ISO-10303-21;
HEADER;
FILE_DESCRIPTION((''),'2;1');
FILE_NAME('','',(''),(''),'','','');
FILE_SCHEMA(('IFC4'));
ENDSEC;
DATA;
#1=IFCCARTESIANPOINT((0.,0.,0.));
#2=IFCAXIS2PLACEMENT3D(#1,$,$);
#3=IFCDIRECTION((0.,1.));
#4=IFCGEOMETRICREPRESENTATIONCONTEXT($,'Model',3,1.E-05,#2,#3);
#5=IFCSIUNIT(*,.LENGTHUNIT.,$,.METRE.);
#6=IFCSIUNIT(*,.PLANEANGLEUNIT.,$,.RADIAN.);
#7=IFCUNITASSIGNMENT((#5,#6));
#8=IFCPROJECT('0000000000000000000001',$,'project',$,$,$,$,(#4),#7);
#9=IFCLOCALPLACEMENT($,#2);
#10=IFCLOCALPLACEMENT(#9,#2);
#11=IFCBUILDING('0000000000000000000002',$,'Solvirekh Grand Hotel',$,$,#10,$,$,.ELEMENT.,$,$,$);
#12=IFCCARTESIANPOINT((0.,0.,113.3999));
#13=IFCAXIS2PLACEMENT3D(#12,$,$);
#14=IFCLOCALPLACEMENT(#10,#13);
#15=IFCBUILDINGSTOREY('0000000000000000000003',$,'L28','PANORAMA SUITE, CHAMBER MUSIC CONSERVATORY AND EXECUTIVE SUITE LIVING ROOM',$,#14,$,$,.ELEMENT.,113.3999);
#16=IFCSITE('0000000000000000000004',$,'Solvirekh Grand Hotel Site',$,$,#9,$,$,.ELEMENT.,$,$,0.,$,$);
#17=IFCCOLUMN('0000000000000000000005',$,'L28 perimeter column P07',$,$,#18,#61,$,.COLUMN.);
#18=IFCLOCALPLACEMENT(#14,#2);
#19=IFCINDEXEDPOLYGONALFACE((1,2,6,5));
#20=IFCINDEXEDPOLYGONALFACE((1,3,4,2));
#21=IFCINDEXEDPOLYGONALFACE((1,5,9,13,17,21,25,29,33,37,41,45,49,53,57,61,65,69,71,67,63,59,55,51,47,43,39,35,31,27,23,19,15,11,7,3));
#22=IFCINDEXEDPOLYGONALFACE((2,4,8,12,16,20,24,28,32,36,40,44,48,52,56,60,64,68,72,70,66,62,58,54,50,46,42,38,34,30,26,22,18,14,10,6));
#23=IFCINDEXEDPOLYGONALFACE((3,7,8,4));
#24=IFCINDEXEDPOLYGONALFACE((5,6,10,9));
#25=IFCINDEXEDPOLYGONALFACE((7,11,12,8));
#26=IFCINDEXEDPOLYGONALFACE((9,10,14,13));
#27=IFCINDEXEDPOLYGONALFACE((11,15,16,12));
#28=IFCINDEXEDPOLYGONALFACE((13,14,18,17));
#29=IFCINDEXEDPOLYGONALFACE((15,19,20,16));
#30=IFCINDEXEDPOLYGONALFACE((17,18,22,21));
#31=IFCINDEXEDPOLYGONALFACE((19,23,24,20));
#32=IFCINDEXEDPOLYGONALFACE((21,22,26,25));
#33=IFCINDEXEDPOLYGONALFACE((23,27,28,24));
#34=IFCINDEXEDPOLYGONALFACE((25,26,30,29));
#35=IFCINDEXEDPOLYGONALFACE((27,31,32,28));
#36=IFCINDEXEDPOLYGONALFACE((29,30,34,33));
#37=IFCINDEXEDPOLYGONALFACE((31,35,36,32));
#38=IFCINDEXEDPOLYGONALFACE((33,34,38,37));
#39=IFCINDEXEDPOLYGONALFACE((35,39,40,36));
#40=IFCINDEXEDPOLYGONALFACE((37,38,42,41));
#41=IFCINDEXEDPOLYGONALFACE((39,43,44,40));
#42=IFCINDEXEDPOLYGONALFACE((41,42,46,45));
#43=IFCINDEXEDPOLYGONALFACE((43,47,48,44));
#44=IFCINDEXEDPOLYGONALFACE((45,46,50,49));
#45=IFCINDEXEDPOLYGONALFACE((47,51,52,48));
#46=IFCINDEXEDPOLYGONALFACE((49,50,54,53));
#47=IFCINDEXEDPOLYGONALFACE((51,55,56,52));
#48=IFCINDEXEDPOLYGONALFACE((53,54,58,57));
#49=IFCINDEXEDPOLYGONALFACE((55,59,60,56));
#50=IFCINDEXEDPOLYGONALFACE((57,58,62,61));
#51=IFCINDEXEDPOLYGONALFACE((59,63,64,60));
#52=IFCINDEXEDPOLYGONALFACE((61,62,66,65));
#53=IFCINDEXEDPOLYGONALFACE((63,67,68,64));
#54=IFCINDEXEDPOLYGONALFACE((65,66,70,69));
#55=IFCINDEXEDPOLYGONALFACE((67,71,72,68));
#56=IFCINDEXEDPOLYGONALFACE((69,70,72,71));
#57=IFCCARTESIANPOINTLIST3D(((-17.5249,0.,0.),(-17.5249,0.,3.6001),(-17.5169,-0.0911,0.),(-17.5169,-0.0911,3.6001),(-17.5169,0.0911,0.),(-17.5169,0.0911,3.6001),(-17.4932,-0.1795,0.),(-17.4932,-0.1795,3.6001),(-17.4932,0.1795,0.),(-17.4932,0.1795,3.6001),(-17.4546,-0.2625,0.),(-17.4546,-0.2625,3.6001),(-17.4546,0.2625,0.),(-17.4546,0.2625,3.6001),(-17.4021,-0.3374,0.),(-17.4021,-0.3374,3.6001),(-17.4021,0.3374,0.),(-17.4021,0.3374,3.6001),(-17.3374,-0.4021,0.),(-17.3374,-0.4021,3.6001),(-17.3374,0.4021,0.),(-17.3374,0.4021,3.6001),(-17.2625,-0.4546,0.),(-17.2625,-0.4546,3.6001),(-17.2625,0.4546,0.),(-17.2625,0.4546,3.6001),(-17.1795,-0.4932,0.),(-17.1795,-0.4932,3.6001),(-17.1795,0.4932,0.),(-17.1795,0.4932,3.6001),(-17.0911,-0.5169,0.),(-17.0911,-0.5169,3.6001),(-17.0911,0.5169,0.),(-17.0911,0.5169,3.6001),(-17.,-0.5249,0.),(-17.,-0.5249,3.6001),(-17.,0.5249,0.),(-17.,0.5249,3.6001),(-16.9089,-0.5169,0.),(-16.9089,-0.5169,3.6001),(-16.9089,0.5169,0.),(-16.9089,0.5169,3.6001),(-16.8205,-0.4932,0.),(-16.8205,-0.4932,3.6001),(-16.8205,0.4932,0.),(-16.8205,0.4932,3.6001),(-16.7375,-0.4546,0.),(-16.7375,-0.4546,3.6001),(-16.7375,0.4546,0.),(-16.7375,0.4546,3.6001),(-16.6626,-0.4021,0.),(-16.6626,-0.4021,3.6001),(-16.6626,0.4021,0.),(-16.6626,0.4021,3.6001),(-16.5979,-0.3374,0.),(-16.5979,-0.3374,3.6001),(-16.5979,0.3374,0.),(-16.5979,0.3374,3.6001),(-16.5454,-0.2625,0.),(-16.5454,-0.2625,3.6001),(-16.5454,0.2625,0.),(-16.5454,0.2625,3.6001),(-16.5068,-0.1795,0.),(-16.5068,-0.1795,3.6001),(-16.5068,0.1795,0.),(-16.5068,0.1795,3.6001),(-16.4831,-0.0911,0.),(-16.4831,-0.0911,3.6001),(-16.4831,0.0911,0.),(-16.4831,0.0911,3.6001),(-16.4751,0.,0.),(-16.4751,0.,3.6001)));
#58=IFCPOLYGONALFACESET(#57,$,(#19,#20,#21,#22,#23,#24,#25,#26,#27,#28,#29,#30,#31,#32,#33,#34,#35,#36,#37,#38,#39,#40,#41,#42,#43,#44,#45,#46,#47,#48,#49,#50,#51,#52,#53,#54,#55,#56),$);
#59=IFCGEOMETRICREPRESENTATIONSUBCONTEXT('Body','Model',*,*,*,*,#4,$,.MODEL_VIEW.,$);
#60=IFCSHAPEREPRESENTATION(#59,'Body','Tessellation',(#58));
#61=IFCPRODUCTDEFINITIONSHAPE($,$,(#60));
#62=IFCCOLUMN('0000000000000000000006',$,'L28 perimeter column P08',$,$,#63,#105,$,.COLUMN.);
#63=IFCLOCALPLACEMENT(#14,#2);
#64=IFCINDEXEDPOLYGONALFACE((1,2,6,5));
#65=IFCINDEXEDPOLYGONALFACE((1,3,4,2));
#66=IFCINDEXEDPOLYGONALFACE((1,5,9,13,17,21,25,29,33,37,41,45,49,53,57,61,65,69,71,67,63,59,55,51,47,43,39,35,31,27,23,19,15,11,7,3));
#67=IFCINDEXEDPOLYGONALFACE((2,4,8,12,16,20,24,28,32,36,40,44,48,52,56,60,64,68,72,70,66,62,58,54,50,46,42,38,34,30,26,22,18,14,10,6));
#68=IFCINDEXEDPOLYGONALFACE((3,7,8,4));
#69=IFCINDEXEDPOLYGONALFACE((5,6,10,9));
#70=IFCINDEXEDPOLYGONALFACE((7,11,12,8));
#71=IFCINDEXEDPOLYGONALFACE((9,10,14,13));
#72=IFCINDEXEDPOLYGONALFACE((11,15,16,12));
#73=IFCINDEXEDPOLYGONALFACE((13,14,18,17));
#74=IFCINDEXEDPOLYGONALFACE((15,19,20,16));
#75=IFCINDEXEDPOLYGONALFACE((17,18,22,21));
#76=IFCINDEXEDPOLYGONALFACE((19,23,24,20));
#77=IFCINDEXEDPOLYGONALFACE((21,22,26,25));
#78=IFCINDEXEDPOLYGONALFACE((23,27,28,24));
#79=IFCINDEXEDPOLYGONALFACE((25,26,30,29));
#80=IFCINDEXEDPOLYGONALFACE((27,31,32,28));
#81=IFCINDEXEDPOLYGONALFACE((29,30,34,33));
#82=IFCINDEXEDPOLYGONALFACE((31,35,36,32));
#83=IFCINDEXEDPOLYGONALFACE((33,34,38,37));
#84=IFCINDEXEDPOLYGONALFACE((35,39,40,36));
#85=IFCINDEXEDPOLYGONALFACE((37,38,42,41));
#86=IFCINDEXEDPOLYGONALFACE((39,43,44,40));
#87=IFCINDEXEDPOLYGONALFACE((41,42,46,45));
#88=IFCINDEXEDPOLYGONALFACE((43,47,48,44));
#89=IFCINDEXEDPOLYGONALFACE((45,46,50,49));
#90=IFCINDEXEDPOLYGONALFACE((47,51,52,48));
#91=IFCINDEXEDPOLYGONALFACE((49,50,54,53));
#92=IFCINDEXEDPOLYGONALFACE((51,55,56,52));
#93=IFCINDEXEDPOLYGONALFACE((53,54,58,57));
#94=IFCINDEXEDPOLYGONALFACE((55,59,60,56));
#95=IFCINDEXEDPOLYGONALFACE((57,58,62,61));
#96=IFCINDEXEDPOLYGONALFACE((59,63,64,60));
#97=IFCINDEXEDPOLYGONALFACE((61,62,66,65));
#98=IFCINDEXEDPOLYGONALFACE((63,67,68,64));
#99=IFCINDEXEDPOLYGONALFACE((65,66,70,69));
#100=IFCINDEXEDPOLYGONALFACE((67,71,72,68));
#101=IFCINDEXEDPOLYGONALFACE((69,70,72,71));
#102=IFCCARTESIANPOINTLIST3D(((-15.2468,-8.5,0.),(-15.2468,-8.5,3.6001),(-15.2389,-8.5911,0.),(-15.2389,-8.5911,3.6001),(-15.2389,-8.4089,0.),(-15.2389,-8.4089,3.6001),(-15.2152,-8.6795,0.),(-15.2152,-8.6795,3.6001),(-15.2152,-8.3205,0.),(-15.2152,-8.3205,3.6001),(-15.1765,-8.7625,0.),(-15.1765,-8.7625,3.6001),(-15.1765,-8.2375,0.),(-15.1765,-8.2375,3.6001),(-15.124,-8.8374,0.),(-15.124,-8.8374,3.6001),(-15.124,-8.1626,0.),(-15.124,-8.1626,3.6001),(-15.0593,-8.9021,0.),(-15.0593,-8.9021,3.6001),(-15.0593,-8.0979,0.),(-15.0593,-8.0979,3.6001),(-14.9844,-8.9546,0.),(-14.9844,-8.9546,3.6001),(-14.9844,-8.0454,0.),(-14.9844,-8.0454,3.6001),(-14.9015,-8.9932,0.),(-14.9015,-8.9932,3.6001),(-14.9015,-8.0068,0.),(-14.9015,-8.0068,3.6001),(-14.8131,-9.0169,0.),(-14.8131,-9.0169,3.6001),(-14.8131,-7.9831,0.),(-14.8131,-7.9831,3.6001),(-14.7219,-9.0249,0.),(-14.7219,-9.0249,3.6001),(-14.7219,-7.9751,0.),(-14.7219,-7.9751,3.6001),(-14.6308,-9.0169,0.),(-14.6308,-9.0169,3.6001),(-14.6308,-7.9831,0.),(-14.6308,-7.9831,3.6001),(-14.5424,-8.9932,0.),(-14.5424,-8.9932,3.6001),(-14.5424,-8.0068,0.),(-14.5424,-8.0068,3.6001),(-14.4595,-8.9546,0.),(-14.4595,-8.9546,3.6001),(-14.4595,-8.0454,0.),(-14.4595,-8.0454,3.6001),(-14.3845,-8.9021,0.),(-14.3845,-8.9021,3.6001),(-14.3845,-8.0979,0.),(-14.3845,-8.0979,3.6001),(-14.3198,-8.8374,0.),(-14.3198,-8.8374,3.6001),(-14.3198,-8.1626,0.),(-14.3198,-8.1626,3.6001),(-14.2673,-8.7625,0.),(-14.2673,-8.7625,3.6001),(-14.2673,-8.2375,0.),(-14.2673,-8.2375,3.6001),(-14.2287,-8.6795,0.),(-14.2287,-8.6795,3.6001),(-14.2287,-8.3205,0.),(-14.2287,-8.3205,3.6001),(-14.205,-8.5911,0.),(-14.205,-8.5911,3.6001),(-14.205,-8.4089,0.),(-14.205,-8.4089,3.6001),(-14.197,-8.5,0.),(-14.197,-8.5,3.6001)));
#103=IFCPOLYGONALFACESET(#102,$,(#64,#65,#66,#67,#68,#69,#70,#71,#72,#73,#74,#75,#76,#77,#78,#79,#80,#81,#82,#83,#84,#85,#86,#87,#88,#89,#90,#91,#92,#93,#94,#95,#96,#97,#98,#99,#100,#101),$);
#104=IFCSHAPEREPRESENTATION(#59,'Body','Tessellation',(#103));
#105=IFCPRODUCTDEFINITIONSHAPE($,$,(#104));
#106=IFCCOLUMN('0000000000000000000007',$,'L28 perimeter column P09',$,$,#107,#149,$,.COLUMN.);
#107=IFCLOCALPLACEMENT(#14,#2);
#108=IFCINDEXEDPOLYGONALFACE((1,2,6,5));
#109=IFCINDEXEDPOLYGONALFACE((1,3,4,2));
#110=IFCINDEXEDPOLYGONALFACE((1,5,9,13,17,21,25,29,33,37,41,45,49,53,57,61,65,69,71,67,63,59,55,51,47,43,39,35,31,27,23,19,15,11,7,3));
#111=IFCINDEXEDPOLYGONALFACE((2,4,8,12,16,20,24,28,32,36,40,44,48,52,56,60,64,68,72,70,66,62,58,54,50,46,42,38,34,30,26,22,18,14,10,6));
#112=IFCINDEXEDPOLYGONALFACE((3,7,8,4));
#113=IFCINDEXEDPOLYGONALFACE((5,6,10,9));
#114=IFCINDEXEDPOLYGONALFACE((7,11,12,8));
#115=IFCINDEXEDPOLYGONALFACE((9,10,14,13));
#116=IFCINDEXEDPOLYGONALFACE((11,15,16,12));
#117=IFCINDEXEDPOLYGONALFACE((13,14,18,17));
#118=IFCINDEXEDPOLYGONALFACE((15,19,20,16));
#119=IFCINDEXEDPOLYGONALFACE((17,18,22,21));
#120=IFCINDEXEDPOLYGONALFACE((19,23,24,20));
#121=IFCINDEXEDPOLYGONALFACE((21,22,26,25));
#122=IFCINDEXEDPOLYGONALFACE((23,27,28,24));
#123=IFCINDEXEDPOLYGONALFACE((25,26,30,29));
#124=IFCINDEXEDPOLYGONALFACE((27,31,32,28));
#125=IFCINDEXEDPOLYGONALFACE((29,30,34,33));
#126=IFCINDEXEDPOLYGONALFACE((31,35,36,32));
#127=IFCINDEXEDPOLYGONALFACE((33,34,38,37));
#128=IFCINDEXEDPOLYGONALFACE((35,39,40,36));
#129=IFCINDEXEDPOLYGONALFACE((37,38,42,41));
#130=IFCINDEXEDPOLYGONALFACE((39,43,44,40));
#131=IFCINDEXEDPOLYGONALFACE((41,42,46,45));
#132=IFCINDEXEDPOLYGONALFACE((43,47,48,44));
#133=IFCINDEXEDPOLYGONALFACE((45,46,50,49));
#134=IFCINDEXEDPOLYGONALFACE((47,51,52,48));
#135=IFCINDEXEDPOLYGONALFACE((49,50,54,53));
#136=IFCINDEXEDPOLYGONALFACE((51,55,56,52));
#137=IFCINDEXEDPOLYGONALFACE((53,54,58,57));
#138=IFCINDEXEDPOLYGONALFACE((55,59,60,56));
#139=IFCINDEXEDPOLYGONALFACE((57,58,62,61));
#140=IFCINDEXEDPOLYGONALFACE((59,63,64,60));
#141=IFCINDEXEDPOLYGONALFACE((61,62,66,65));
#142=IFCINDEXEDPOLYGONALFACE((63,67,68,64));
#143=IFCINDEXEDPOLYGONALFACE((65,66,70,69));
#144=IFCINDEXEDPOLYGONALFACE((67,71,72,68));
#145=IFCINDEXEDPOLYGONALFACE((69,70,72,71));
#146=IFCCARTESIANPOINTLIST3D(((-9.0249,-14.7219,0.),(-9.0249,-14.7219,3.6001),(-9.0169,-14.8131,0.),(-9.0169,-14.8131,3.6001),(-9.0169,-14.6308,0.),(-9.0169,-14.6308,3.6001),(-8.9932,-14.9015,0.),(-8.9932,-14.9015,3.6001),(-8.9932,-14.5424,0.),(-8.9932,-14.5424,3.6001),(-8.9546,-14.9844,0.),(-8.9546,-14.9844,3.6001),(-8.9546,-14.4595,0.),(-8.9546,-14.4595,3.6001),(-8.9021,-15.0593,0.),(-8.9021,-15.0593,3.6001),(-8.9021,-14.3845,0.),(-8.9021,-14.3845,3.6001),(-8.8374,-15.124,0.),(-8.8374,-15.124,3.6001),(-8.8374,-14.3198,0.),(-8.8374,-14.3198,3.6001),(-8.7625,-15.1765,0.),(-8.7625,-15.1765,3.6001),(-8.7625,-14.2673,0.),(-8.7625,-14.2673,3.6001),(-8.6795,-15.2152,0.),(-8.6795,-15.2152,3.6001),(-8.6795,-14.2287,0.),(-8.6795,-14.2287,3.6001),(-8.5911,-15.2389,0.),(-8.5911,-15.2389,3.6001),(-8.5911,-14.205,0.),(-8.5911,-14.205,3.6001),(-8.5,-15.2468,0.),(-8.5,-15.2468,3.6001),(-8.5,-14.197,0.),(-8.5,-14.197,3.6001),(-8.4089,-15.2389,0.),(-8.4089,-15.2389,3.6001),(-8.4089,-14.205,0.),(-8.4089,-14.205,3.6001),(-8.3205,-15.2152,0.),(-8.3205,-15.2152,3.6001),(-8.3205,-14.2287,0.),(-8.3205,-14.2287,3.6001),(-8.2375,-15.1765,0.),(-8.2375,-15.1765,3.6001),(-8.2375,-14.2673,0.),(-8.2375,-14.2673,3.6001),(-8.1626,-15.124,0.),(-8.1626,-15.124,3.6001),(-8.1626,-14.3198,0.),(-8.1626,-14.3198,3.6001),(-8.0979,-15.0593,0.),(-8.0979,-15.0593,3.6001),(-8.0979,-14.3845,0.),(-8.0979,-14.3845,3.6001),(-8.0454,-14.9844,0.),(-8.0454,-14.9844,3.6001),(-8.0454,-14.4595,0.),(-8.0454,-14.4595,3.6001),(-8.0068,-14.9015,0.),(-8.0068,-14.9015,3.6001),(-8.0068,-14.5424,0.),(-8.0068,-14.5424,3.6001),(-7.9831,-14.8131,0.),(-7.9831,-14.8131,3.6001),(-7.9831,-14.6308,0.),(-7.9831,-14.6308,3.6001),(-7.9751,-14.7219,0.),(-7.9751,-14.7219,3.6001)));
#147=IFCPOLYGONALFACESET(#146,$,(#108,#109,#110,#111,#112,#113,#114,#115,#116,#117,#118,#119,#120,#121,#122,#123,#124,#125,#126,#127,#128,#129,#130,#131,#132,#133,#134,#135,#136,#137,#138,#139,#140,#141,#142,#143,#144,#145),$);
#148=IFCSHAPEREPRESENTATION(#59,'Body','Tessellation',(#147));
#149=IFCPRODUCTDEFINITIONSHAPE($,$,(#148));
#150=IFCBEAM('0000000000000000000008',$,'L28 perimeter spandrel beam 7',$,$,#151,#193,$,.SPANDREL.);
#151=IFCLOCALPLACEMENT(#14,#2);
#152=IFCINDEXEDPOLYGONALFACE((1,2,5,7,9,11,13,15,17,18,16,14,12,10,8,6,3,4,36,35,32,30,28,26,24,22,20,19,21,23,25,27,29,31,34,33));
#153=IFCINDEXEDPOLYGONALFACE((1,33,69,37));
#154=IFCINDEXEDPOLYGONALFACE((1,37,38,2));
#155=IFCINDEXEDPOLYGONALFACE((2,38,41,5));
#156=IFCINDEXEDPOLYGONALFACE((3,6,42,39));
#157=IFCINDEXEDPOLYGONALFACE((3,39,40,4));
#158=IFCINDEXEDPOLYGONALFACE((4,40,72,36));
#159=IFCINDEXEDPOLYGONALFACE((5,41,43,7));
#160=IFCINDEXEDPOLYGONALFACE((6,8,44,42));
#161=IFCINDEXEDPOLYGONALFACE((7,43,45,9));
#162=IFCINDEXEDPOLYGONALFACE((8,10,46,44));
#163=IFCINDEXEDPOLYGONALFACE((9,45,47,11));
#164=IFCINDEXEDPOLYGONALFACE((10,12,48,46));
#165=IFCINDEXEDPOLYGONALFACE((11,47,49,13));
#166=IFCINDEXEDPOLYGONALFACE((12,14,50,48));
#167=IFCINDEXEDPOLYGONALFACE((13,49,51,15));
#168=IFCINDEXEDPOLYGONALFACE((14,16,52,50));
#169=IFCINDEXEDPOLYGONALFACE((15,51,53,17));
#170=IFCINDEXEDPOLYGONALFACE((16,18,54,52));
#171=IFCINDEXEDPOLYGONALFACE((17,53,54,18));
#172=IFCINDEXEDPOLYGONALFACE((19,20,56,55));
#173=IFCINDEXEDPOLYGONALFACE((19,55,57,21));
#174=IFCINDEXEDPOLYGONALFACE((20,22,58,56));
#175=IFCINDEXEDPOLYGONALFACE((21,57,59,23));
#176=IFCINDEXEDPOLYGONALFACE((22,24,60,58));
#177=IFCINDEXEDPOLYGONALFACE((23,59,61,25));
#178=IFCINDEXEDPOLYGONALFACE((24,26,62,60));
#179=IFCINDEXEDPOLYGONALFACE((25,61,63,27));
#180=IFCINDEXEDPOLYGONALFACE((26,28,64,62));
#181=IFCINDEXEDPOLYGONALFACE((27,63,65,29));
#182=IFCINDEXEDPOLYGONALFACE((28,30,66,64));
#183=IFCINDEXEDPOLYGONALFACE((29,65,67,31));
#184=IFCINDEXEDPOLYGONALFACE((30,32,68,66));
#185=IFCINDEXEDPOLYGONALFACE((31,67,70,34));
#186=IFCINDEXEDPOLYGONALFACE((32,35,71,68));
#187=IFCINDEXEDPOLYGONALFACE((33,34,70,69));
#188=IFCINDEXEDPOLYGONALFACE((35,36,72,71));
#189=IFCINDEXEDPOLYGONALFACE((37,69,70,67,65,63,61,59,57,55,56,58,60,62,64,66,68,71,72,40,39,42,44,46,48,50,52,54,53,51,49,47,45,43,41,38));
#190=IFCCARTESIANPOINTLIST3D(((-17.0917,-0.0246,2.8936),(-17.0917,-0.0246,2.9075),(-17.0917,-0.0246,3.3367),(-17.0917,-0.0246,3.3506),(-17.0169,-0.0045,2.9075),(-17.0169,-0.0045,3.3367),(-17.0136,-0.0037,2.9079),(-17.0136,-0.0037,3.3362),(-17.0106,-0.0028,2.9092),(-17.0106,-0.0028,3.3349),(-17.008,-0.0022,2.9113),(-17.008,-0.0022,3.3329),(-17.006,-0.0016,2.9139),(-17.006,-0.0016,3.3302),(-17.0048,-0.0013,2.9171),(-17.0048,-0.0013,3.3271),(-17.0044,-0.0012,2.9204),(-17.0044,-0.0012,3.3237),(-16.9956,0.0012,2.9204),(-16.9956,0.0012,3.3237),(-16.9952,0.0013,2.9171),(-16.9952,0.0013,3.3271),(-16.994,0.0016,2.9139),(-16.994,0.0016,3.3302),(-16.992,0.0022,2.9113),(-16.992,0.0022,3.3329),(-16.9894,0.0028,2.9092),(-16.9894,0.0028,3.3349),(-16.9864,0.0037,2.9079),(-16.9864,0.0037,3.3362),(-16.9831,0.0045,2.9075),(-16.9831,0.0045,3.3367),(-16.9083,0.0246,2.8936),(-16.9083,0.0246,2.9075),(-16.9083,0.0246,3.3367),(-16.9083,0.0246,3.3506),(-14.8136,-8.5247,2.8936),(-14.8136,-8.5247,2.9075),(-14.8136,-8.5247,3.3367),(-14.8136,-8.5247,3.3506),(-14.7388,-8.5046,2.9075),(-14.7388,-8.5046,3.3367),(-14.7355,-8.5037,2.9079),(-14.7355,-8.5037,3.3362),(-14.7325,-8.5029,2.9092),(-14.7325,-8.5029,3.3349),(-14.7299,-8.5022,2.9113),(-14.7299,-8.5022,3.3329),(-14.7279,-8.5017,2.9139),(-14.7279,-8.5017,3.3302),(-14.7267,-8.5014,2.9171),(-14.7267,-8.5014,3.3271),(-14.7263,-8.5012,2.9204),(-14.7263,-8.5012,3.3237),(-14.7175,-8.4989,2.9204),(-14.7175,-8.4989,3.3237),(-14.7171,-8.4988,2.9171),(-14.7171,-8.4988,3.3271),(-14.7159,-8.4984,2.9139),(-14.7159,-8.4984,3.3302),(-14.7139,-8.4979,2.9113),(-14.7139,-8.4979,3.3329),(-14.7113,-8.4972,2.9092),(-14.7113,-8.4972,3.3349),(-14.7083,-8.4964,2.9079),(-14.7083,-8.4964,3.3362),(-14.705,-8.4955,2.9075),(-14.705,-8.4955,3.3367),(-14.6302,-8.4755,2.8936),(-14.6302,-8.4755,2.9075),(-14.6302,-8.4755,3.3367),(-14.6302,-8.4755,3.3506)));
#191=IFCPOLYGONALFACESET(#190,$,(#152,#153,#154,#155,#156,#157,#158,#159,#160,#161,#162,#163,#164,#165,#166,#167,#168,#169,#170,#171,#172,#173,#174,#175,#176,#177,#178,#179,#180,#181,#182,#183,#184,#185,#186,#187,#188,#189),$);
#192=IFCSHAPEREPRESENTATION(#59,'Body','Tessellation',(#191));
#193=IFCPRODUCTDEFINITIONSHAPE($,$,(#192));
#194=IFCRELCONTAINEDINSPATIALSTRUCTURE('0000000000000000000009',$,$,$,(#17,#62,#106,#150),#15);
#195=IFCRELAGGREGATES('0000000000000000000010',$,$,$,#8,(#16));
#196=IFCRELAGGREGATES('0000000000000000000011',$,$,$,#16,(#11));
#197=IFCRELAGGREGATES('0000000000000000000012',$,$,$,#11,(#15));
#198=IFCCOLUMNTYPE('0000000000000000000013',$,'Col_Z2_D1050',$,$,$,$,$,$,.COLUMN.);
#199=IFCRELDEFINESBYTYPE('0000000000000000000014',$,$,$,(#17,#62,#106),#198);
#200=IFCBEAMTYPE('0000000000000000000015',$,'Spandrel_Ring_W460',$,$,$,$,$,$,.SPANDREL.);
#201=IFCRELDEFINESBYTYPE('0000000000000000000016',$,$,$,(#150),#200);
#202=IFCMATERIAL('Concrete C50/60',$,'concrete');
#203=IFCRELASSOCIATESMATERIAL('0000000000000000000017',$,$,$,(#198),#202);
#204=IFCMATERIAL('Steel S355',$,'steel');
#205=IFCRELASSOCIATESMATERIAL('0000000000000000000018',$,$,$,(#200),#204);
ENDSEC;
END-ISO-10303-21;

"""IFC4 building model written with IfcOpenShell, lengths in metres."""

from ifc_helpers import new_model, si_unit, direction, frame, origin, origin_2d, place, context, subcontext, project, spatial, circle, i_section, extrude, material, material_profile, profile_set, type_object, element, save


model = new_model("IFC4")

# Units and contexts
model_context = context("Model", 3, precision=1e-05, world=origin(), true_north=direction((0.0, 1.0)))
body_context = subcontext(model_context, "Body", "Model", "MODEL_VIEW")
ifc_project = project(units=[si_unit("LENGTHUNIT", "METRE"), si_unit("PLANEANGLEUNIT", "RADIAN")], contexts=[model_context])

# Site, building, storey
site_placement = place(None, origin())
site = spatial("IfcSite", under=ifc_project, at=site_placement, Name="Solvirekh Grand Hotel Site", CompositionType="ELEMENT", RefElevation=0.0)
building_placement = place(site_placement, origin())
building = spatial("IfcBuilding", under=site, at=building_placement, Name="Solvirekh Grand Hotel", CompositionType="ELEMENT")
storey_placement = place(building_placement, frame((0.0, 0.0, 113.3999)))
storey = spatial("IfcBuildingStorey", under=building, at=storey_placement, Name="L28", Description="PANORAMA SUITE, CHAMBER MUSIC CONSERVATORY AND EXECUTIVE SUITE LIVING ROOM", CompositionType="ELEMENT", Elevation=113.3999)

# Columns
ifc_material_1 = material(Name="Concrete C50/60", Category="concrete")
ifc_material_profile_1 = material_profile(ifc_material_1, circle(Radius=0.5249, at=origin_2d()), Name="RC CIRC D1050")
ifc_profile_set_1 = profile_set([ifc_material_profile_1], Name="Concrete C50/60")
column_type = type_object("IfcColumnType", Name="Col_Z2_D1050", PredefinedType="COLUMN", material=ifc_profile_set_1)
for number, where, z_axis, x_axis, name in (
    (1, (-17.0, 0.0, 0.0), (0.0, 0.0, 1.0), (1.0, 0.0, 0.0), "L28 perimeter column P07"),
    (2, (-14.7219, -8.5, 0.0), (0.0, 0.0, 1.0), (1.0, 0.0, 0.0), "L28 perimeter column P08"),
    (3, (-8.5, -14.7219, 0.0), (0.0, 0.0, 1.0), (1.0, 0.0, 0.0), "L28 perimeter column P09"),
):
    element("IfcColumn", number, at=place(storey_placement, frame(where, z_axis=z_axis, x_axis=x_axis)), inside=storey, type_object=column_type, Name=name, PredefinedType="COLUMN", context=body_context, shape_type="SweptSolid", body=[
        extrude(circle(Radius=0.5249, at=origin_2d()), origin(), (0.0, 0.0, 1.0), 3.6001),
    ])

# Beam
ifc_material_2 = material(Name="Steel S355", Category="steel")
ifc_material_profile_2 = material_profile(ifc_material_2, i_section(OverallWidth=0.1899, OverallDepth=0.457, WebThickness=0.009, FlangeThickness=0.0139, FilletRadius=0.0129, at=origin_2d()), Name="W460X74")
ifc_profile_set_2 = profile_set([ifc_material_profile_2], Name="Steel S355")
beam_type = type_object("IfcBeamType", Name="Spandrel_Ring_W460", PredefinedType="SPANDREL", material=ifc_profile_set_2)
beam_1_placement = place(storey_placement, frame((-17.0, 0.0, 3.1221), z_axis=(0.258873, -0.965911, 0.0), x_axis=(0.965911, 0.258873, 0.0)))
element("IfcBeam", 4, at=beam_1_placement, inside=storey, type_object=beam_type, Name="L28 perimeter spandrel beam 7", PredefinedType="SPANDREL", context=body_context, shape_type="SweptSolid", body=[
    extrude(i_section(OverallWidth=0.1899, OverallDepth=0.457, WebThickness=0.009, FlangeThickness=0.0139, FilletRadius=0.0129, at=origin_2d()), origin(), (0.0, 0.0, 1.0), 8.8),
])

save(model, "model.ifc")
